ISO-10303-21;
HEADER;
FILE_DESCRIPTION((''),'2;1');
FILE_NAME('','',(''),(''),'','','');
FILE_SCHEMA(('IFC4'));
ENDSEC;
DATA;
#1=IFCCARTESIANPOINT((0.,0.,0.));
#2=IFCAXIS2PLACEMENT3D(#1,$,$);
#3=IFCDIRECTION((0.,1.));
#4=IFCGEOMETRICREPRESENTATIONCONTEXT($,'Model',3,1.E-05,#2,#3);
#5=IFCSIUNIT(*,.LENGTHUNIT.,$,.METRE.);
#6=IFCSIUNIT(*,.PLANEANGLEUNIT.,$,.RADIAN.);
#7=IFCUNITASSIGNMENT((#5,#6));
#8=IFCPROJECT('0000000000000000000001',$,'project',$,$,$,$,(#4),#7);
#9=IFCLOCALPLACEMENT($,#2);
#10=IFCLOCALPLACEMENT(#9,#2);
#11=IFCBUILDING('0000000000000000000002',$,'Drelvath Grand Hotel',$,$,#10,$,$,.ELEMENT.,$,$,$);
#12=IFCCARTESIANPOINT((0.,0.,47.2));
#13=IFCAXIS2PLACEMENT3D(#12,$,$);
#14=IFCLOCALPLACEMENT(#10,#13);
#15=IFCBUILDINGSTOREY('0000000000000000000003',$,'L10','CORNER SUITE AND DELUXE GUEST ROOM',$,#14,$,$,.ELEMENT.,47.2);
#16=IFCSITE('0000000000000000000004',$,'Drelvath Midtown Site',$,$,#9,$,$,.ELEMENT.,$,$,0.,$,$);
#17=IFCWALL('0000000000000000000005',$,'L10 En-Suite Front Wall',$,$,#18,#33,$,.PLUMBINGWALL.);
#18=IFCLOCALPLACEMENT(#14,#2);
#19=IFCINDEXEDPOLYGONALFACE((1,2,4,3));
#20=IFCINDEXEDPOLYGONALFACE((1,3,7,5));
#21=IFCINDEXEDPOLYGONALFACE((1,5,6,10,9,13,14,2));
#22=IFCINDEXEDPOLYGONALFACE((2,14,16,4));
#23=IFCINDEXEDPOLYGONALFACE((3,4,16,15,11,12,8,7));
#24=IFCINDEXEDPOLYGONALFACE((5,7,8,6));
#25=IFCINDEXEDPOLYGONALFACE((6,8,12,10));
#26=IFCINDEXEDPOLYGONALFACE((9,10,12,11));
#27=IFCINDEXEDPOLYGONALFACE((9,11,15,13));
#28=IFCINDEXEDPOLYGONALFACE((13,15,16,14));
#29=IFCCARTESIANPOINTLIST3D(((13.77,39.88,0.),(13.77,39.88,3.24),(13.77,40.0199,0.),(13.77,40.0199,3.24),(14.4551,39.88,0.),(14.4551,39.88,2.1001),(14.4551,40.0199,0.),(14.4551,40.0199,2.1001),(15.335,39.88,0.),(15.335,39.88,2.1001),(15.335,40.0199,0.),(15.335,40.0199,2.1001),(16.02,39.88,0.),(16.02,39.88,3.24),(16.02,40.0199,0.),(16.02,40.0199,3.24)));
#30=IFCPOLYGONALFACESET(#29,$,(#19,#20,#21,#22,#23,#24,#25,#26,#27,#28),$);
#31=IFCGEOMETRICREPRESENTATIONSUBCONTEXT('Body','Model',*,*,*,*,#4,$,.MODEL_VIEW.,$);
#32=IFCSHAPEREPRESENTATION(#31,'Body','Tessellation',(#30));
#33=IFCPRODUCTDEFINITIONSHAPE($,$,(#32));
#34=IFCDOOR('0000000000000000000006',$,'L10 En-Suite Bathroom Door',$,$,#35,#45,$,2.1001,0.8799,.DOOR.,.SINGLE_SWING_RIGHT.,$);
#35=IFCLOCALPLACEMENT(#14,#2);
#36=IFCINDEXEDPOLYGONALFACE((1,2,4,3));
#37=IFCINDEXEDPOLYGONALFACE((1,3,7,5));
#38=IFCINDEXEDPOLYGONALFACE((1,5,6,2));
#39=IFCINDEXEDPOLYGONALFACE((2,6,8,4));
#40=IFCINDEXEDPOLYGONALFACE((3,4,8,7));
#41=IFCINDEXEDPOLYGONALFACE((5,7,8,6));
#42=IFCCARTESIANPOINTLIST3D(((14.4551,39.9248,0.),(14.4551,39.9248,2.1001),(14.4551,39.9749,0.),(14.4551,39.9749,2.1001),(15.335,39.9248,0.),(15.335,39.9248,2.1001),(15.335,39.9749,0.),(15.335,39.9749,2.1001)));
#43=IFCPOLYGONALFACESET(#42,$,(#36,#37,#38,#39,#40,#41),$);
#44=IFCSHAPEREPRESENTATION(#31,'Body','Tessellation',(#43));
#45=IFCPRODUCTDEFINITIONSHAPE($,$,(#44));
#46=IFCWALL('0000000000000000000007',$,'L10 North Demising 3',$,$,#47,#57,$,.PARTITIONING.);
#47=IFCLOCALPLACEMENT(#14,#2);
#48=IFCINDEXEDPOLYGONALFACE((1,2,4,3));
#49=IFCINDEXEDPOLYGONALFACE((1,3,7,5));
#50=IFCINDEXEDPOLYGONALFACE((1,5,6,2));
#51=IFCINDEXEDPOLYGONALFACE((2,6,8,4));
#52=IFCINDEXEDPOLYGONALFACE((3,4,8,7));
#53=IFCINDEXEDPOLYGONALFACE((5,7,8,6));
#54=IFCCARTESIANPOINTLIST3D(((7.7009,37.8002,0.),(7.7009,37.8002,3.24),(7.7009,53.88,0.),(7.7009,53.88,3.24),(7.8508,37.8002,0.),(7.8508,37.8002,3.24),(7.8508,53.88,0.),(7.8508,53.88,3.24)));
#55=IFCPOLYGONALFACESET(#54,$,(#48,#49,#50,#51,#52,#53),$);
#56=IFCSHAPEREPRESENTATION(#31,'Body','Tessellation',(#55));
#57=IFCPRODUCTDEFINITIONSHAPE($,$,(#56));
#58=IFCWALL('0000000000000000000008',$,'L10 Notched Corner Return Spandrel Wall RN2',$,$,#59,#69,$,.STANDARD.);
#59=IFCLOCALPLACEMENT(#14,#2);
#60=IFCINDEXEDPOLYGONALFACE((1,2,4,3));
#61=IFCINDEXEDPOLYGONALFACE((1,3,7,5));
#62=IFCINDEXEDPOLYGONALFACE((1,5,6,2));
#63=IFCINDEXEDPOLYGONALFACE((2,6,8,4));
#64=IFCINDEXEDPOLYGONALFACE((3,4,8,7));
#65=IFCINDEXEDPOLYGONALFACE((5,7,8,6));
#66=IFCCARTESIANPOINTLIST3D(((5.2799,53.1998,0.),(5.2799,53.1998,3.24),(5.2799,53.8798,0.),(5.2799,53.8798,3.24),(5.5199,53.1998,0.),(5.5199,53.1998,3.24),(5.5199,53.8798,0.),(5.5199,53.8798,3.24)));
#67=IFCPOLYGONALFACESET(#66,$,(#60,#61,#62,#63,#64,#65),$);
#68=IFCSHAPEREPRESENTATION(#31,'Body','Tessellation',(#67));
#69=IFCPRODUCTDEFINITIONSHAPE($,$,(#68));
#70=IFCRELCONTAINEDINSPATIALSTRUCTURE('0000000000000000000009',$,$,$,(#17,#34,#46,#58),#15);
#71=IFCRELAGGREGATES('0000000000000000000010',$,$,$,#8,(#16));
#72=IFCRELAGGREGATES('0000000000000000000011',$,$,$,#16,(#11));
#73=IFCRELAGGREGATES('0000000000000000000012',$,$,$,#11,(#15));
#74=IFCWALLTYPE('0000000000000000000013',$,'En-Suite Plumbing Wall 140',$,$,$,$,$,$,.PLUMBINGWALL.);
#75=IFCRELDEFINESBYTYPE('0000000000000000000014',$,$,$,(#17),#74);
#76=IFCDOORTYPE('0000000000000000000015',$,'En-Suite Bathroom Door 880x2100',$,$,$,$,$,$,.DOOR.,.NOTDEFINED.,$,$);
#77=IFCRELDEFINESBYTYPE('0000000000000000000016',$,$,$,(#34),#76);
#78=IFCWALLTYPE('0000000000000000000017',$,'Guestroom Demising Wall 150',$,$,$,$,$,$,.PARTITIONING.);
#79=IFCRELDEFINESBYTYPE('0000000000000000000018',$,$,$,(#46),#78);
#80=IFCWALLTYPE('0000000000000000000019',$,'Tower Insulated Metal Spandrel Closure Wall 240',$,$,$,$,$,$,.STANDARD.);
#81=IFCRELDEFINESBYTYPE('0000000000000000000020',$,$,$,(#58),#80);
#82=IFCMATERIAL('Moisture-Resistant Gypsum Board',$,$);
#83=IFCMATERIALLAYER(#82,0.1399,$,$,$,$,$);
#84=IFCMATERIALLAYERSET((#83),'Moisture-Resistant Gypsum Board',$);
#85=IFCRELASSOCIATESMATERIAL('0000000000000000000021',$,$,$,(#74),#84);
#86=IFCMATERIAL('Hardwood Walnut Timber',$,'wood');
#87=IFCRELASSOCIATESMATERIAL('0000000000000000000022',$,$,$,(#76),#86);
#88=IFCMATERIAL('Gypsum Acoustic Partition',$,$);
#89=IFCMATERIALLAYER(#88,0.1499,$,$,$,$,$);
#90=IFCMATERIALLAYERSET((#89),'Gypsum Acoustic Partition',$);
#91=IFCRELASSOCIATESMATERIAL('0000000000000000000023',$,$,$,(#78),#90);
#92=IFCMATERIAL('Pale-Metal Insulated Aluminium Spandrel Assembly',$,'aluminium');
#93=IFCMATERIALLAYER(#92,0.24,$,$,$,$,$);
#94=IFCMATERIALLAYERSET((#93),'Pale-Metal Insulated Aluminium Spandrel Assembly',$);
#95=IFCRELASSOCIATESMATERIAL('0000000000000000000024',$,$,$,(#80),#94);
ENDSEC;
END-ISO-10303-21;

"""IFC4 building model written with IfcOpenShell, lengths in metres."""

from ifc_helpers import new_model, si_unit, direction, frame, frame_2d, origin, place, context, subcontext, project, spatial, rectangle, extrude, material, layer, layer_set, type_object, element, fill, save


model = new_model("IFC4")

# Units and contexts
model_context = context("Model", 3, precision=1e-05, world=origin(), true_north=direction((0.0, 1.0)))
body_context = subcontext(model_context, "Body", "Model", "MODEL_VIEW")
ifc_project = project(units=[si_unit("LENGTHUNIT", "METRE"), si_unit("PLANEANGLEUNIT", "RADIAN")], contexts=[model_context])

# Site, building, storey
site_placement = place(None, origin())
site = spatial("IfcSite", under=ifc_project, at=site_placement, Name="Drelvath Midtown Site", CompositionType="ELEMENT", RefElevation=0.0)
building_placement = place(site_placement, origin())
building = spatial("IfcBuilding", under=site, at=building_placement, Name="Drelvath Grand Hotel", CompositionType="ELEMENT")
storey_placement = place(building_placement, frame((0.0, 0.0, 47.2)))
storey = spatial("IfcBuildingStorey", under=building, at=storey_placement, Name="L10", Description="CORNER SUITE AND DELUXE GUEST ROOM", CompositionType="ELEMENT", Elevation=47.2)

# Shared definitions
ifc_material_1 = material(Name="Moisture-Resistant Gypsum Board")
ifc_layer_1 = layer(ifc_material_1, 0.1399)
ifc_layer_set_1 = layer_set([ifc_layer_1], Name="Moisture-Resistant Gypsum Board")
wall_type_1 = type_object("IfcWallType", Name="En-Suite Plumbing Wall 140", PredefinedType="PLUMBINGWALL", material=ifc_layer_set_1)

# Shared definitions
ifc_material_2 = material(Name="Hardwood Walnut Timber", Category="wood")
door_type = type_object("IfcDoorType", Name="En-Suite Bathroom Door 880x2100", OperationType="NOTDEFINED", PredefinedType="DOOR", material=ifc_material_2)

# Wall, opening, door
wall_1_placement = place(storey_placement, frame((13.77, 39.95, 0.0), z_axis=(0.0, 0.0, 1.0), x_axis=(1.0, 0.0, 0.0)))
wall_1 = element("IfcWall", 1, at=wall_1_placement, inside=storey, type_object=wall_type_1, Name="L10 En-Suite Front Wall", PredefinedType="PLUMBINGWALL", context=body_context, shape_type="SweptSolid", body=[
    extrude(rectangle(XDim=2.25, YDim=0.1399, at=frame_2d((1.125, 0.0))), origin(), (0.0, 0.0, 1.0), 3.24),
])
opening_1_placement = place(wall_1_placement, frame((0.6851, 0.0, 0.0)))
opening_1 = element("IfcOpeningElement", 2, at=opening_1_placement, cuts=wall_1, PredefinedType="OPENING", context=body_context, shape_type="SweptSolid", body=[
    extrude(rectangle(XDim=0.8799, YDim=2.1001, at=frame_2d((0.4399, 1.05))), frame((0.0, 0.0798, 0.0), z_axis=(0.0, -1.0, 0.0), x_axis=(1.0, 0.0, 0.0)), (0.0, 0.0, 1.0), 0.1599),
])
door_1_placement = place(opening_1_placement, origin())
door_1 = element("IfcDoor", 3, at=door_1_placement, inside=storey, type_object=door_type, Name="L10 En-Suite Bathroom Door", OperationType="SINGLE_SWING_RIGHT", OverallHeight=2.1001, OverallWidth=0.8799, PredefinedType="DOOR", context=body_context, shape_type="SweptSolid", body=[
    extrude(rectangle(XDim=0.8799, YDim=2.1001, at=frame_2d((0.4399, 1.05))), frame((0.0, 0.0249, 0.0), z_axis=(0.0, -1.0, 0.0), x_axis=(1.0, 0.0, 0.0)), (0.0, 0.0, 1.0), 0.05),
])
fill(opening_1, door_1)

# Walls
ifc_material_3 = material(Name="Gypsum Acoustic Partition")
ifc_layer_2 = layer(ifc_material_3, 0.1499)
ifc_layer_set_2 = layer_set([ifc_layer_2], Name="Gypsum Acoustic Partition")
wall_type_2 = type_object("IfcWallType", Name="Guestroom Demising Wall 150", PredefinedType="PARTITIONING", material=ifc_layer_set_2)
wall_2_placement = place(storey_placement, frame((7.7759, 37.8, 0.0), z_axis=(0.0, 0.0, 1.0), x_axis=(0.0, 1.0, 0.0)))
element("IfcWall", 4, at=wall_2_placement, inside=storey, type_object=wall_type_2, Name="L10 North Demising 3", PredefinedType="PARTITIONING", context=body_context, shape_type="SweptSolid", body=[
    extrude(rectangle(XDim=16.0798, YDim=0.1499, at=frame_2d((8.04, 0.0))), origin(), (0.0, 0.0, 1.0), 3.24),
])
ifc_material_4 = material(Name="Pale-Metal Insulated Aluminium Spandrel Assembly", Category="aluminium")
ifc_layer_3 = layer(ifc_material_4, 0.24)
ifc_layer_set_3 = layer_set([ifc_layer_3], Name="Pale-Metal Insulated Aluminium Spandrel Assembly")
wall_type_3 = type_object("IfcWallType", Name="Tower Insulated Metal Spandrel Closure Wall 240", PredefinedType="STANDARD", material=ifc_layer_set_3)
wall_3_placement = place(storey_placement, frame((5.3999, 53.2, 0.0), z_axis=(0.0, 0.0, 1.0), x_axis=(0.0, 1.0, 0.0)))
element("IfcWall", 5, at=wall_3_placement, inside=storey, type_object=wall_type_3, Name="L10 Notched Corner Return Spandrel Wall RN2", PredefinedType="STANDARD", context=body_context, shape_type="SweptSolid", body=[
    extrude(rectangle(XDim=0.6799, YDim=0.24, at=frame_2d((0.3398, 0.0))), origin(), (0.0, 0.0, 1.0), 3.24),
])

save(model, "model.ifc")
